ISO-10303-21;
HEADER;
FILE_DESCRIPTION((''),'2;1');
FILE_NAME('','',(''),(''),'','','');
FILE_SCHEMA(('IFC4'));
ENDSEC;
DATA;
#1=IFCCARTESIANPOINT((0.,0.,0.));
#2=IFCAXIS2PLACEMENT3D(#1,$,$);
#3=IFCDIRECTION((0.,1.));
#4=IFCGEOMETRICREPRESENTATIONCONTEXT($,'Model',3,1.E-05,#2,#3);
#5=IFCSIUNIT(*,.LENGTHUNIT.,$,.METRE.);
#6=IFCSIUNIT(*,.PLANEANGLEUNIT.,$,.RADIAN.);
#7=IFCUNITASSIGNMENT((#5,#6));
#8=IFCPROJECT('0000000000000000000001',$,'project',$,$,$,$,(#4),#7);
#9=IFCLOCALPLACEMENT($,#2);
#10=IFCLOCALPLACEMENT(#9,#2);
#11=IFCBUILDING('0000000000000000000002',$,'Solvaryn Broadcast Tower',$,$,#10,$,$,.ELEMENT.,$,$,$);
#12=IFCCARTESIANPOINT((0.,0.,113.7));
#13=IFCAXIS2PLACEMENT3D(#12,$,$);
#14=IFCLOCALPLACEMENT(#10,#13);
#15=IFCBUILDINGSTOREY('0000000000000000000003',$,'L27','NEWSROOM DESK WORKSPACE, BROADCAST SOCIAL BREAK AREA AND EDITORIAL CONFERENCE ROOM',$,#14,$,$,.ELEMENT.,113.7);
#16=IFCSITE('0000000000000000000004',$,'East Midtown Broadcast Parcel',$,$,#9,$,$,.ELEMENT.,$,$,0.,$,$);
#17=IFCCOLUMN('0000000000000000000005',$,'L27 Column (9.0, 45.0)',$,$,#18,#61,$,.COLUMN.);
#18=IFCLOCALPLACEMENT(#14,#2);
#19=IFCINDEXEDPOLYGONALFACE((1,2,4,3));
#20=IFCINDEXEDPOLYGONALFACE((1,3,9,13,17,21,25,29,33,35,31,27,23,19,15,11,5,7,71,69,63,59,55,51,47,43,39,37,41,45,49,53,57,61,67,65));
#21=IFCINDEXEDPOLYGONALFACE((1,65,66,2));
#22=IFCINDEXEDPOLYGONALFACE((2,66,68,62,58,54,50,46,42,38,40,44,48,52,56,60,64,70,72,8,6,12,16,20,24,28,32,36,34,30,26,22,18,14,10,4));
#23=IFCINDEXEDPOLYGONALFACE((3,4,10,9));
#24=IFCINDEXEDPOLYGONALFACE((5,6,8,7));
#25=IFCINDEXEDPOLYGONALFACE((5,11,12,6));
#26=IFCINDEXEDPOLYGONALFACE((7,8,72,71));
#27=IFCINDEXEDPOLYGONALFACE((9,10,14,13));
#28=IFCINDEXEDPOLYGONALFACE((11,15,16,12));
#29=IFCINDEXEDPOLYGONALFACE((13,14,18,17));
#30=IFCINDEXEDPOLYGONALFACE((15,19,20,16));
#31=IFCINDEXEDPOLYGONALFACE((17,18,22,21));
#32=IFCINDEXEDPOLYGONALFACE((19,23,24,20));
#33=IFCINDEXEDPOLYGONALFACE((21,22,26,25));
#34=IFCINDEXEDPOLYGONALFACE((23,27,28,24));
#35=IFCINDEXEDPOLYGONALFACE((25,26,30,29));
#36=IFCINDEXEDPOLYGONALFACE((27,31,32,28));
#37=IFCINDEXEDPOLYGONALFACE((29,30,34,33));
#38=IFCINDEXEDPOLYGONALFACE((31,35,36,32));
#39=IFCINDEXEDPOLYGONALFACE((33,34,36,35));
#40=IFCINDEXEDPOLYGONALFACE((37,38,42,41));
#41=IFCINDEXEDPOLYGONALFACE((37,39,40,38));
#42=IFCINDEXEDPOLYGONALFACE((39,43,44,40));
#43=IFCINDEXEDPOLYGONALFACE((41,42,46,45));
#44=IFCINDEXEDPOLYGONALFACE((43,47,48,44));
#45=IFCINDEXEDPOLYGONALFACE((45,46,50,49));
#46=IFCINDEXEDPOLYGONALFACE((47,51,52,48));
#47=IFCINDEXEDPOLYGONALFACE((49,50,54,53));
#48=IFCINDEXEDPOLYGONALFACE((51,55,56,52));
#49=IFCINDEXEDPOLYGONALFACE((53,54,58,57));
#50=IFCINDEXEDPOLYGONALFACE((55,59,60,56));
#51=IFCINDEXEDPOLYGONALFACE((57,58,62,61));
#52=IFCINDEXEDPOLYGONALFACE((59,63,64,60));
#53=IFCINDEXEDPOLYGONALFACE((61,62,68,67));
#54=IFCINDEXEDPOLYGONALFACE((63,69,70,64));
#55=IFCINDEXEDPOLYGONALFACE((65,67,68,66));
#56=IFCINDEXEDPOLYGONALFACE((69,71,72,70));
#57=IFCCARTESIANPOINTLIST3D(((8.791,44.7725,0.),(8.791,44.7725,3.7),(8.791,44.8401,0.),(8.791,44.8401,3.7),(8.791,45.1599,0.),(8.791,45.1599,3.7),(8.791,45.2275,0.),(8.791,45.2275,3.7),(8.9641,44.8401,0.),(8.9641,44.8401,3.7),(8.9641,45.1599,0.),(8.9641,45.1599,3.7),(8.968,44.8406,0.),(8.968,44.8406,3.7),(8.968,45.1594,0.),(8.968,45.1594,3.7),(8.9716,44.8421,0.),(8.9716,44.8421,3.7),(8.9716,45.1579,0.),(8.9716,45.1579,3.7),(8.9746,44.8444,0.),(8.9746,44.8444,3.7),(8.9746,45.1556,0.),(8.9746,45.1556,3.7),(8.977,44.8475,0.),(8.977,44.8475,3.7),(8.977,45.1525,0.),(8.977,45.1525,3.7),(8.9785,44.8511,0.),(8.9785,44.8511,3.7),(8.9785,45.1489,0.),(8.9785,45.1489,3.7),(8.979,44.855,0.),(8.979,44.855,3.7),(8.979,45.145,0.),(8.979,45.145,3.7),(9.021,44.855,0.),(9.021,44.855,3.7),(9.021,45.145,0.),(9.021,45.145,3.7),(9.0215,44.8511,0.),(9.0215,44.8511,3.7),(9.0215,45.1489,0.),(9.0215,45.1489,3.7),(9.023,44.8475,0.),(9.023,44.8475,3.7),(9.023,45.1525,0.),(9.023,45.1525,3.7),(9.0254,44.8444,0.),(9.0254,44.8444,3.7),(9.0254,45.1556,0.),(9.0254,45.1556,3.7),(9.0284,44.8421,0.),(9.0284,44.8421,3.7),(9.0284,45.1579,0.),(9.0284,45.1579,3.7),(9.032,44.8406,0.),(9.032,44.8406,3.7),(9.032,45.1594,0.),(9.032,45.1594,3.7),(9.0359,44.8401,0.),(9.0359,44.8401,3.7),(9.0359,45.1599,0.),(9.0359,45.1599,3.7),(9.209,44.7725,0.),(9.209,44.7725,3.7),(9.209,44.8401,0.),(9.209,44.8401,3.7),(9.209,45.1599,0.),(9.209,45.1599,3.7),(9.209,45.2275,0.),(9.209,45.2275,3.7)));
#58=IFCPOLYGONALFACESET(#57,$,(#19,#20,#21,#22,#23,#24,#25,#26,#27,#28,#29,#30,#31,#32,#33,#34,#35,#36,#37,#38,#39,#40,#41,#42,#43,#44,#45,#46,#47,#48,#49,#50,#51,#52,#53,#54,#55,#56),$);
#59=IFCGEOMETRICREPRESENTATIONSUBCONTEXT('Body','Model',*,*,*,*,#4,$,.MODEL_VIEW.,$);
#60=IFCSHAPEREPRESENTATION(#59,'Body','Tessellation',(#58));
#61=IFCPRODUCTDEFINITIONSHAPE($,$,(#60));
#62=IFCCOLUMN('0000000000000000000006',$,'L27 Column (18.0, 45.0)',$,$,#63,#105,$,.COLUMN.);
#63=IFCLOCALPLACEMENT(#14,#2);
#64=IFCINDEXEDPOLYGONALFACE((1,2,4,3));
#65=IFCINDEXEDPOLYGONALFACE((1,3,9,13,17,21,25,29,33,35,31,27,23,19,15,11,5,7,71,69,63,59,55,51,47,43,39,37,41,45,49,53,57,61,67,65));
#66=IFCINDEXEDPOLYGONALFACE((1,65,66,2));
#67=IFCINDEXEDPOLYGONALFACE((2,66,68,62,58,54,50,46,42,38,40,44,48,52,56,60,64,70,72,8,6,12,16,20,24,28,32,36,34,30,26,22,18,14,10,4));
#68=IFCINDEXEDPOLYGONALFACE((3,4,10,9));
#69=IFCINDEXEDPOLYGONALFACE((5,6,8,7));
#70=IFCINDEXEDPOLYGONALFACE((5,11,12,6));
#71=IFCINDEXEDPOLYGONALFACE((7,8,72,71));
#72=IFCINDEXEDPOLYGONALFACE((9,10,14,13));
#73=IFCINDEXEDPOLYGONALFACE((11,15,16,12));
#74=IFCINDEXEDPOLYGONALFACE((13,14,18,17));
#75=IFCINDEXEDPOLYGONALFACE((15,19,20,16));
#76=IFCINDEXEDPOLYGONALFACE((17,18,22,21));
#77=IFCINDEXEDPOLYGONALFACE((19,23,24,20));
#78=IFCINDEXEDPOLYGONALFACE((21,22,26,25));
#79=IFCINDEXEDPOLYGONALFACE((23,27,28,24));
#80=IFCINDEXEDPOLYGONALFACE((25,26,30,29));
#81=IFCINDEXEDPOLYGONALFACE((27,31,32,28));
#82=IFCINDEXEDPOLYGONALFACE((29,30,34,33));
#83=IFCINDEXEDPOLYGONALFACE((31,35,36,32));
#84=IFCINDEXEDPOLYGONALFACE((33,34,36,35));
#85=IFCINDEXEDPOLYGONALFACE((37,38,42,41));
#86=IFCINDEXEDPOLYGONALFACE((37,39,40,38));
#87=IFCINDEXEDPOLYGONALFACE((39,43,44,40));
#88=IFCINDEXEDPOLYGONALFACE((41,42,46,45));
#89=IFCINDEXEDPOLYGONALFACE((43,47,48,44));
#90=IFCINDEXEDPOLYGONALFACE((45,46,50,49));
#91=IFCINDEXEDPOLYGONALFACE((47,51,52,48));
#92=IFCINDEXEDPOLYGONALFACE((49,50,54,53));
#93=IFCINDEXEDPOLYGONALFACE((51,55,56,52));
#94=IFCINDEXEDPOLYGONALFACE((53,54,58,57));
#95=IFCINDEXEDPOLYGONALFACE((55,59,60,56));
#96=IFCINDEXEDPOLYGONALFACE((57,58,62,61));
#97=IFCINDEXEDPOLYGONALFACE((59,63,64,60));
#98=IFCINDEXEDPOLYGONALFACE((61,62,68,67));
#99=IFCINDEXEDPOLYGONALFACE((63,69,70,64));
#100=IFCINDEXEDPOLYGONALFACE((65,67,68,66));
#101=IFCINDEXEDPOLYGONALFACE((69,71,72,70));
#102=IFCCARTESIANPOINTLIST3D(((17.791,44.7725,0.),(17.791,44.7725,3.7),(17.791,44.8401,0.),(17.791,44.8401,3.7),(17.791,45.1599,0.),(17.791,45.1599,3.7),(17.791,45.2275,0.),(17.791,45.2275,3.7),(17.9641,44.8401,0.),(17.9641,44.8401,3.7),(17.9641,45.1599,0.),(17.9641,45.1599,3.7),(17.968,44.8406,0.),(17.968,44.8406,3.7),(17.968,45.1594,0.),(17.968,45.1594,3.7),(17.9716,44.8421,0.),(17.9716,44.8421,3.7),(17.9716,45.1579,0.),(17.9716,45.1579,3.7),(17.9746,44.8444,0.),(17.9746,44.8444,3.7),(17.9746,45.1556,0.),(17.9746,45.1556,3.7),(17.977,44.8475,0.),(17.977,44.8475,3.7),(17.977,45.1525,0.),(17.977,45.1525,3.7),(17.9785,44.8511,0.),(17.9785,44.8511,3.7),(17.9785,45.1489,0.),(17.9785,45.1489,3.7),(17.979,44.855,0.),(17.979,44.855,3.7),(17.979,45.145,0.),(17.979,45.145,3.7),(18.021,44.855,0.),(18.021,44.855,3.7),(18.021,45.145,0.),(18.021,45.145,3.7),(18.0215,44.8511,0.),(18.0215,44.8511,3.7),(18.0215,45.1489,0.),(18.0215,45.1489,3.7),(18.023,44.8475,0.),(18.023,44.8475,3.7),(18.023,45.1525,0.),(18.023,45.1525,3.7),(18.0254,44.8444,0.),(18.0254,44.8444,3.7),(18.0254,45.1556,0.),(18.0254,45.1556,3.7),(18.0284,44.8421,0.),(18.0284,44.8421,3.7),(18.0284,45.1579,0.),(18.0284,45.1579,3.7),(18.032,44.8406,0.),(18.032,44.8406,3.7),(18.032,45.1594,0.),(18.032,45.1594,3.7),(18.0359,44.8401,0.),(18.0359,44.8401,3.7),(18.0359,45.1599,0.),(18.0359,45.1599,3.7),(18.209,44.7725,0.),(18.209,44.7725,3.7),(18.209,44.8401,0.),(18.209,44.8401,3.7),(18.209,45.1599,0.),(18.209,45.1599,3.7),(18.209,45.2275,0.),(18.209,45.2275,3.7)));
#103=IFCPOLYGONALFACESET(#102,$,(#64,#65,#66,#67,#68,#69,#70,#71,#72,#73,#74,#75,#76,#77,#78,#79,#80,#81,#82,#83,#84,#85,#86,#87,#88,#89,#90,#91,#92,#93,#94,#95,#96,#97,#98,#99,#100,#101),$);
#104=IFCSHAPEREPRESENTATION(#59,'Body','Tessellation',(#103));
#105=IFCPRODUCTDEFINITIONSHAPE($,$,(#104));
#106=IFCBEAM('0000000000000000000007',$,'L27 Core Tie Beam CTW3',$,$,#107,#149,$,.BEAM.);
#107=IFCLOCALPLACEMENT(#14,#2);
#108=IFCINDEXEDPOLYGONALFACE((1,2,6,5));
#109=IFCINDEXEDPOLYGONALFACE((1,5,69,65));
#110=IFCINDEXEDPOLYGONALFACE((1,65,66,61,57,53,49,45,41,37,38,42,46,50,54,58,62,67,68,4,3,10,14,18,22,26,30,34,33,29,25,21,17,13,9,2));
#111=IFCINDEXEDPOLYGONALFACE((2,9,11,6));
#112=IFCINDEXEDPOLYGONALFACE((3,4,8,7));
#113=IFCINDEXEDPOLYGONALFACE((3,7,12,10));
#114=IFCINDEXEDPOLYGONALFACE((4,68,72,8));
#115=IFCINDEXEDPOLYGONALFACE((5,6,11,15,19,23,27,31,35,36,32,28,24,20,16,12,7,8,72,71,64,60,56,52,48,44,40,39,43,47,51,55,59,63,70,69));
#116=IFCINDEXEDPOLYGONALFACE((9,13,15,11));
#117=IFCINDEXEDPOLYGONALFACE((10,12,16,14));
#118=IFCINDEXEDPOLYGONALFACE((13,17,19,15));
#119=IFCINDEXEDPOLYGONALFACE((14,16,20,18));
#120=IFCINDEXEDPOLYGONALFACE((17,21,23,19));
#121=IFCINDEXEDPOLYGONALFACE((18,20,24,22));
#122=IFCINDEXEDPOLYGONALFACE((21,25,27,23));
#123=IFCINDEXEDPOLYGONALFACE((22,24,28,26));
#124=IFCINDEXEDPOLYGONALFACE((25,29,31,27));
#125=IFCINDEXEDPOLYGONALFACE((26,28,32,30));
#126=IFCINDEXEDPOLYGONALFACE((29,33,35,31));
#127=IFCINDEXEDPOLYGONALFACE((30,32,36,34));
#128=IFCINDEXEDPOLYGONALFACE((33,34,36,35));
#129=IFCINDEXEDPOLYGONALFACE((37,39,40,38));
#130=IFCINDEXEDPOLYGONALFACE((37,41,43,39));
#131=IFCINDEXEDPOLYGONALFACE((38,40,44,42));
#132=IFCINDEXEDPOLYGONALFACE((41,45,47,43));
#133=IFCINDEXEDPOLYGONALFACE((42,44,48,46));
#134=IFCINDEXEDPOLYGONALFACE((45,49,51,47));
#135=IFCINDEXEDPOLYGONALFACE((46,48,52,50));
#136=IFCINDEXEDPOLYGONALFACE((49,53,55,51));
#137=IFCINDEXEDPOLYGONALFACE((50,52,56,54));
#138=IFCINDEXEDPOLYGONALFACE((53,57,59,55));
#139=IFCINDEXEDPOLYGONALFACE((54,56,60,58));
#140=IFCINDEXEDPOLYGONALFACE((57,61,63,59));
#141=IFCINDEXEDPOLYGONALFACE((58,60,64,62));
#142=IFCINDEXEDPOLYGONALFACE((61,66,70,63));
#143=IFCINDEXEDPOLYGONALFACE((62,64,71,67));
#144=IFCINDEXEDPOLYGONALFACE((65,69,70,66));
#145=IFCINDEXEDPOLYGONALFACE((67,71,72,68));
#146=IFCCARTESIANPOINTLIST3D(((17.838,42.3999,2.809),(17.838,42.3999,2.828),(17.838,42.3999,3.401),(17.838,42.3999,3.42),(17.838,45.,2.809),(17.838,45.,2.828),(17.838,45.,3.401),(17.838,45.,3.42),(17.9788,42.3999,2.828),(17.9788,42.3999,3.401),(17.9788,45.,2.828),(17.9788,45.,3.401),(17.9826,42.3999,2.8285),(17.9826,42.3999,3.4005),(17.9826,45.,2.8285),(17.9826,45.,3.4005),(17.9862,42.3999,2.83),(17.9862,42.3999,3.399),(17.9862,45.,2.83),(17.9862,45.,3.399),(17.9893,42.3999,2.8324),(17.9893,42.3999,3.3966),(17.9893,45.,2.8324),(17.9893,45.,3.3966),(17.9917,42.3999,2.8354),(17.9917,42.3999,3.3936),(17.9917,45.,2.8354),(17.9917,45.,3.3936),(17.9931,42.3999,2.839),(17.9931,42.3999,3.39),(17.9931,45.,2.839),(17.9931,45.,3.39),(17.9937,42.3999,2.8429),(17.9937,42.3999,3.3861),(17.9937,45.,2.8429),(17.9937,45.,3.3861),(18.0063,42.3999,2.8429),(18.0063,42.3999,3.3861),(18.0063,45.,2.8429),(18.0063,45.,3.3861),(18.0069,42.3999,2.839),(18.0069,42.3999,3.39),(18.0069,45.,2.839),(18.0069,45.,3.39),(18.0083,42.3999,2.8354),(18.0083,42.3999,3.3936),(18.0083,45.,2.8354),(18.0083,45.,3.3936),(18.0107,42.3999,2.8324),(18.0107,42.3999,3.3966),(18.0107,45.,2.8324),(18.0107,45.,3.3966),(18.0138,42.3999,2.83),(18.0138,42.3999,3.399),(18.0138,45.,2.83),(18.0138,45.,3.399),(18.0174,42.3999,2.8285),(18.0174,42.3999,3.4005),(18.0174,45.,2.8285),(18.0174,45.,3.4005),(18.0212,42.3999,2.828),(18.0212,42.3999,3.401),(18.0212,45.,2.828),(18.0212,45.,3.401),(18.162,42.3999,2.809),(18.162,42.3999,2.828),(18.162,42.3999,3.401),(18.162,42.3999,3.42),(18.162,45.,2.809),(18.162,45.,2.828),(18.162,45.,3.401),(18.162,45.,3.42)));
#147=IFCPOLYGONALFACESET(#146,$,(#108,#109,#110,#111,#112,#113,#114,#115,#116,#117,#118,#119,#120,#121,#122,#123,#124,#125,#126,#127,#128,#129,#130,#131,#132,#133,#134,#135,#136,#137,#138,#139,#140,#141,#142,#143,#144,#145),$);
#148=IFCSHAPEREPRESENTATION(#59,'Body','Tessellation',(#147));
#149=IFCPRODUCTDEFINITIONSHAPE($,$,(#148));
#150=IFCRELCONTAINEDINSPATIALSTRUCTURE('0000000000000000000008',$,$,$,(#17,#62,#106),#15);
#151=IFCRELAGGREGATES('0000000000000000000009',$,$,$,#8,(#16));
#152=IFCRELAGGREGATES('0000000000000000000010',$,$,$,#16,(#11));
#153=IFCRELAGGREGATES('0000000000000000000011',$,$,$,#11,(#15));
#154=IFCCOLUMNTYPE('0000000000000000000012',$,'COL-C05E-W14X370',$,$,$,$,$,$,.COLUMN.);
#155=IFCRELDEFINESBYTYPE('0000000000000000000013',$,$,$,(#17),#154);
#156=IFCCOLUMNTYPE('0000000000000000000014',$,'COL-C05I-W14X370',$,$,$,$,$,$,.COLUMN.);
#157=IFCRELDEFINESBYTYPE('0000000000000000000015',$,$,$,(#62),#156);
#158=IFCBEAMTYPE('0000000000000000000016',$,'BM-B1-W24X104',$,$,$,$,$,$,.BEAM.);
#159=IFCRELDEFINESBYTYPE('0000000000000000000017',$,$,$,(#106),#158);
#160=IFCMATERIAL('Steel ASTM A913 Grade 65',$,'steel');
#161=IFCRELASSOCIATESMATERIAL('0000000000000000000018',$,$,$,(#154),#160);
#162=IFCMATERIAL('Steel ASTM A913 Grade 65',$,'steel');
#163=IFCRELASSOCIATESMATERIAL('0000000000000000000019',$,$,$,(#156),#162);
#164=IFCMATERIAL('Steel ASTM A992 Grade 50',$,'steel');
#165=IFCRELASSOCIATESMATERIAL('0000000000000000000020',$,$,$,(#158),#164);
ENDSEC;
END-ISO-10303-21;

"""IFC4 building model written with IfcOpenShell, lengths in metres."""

from ifc_helpers import new_model, si_unit, direction, frame, origin, origin_2d, place, context, subcontext, project, spatial, i_section, extrude, material, material_profile, profile_set, type_object, element, save


model = new_model("IFC4")

# Units and contexts
model_context = context("Model", 3, precision=1e-05, world=origin(), true_north=direction((0.0, 1.0)))
body_context = subcontext(model_context, "Body", "Model", "MODEL_VIEW")
ifc_project = project(units=[si_unit("LENGTHUNIT", "METRE"), si_unit("PLANEANGLEUNIT", "RADIAN")], contexts=[model_context])

# Site, building, storey
site_placement = place(None, origin())
site = spatial("IfcSite", under=ifc_project, at=site_placement, Name="East Midtown Broadcast Parcel", CompositionType="ELEMENT", RefElevation=0.0)
building_placement = place(site_placement, origin())
building = spatial("IfcBuilding", under=site, at=building_placement, Name="Solvaryn Broadcast Tower", CompositionType="ELEMENT")
storey_placement = place(building_placement, frame((0.0, 0.0, 113.7)))
storey = spatial("IfcBuildingStorey", under=building, at=storey_placement, Name="L27", Description="NEWSROOM DESK WORKSPACE, BROADCAST SOCIAL BREAK AREA AND EDITORIAL CONFERENCE ROOM", CompositionType="ELEMENT", Elevation=113.7)

# Columns
ifc_material_1 = material(Name="Steel ASTM A913 Grade 65", Category="steel")
ifc_material_profile_1 = material_profile(ifc_material_1, i_section(OverallWidth=0.418, OverallDepth=0.4551, WebThickness=0.042, FlangeThickness=0.0676, FilletRadius=0.0149, at=origin_2d()))
ifc_profile_set_1 = profile_set([ifc_material_profile_1], Name="Steel ASTM A913 Grade 65")
column_type_1 = type_object("IfcColumnType", Name="COL-C05E-W14X370", PredefinedType="COLUMN", material=ifc_profile_set_1)
column_1_placement = place(storey_placement, frame((9.0, 45.0, 0.0), z_axis=(0.0, 0.0, 1.0), x_axis=(1.0, 0.0, 0.0)))
element("IfcColumn", 1, at=column_1_placement, inside=storey, type_object=column_type_1, Name="L27 Column (9.0, 45.0)", PredefinedType="COLUMN", context=body_context, shape_type="SweptSolid", body=[
    extrude(i_section(OverallWidth=0.418, OverallDepth=0.4551, WebThickness=0.042, FlangeThickness=0.0676, FilletRadius=0.0149, at=origin_2d()), origin(), (0.0, 0.0, 1.0), 3.7),
])
ifc_material_2 = material(Name="Steel ASTM A913 Grade 65", Category="steel")
ifc_material_profile_2 = material_profile(ifc_material_2, i_section(OverallWidth=0.418, OverallDepth=0.4551, WebThickness=0.042, FlangeThickness=0.0676, FilletRadius=0.0149, at=origin_2d()))
ifc_profile_set_2 = profile_set([ifc_material_profile_2], Name="Steel ASTM A913 Grade 65")
column_type_2 = type_object("IfcColumnType", Name="COL-C05I-W14X370", PredefinedType="COLUMN", material=ifc_profile_set_2)
column_2_placement = place(storey_placement, frame((18.0, 45.0, 0.0), z_axis=(0.0, 0.0, 1.0), x_axis=(1.0, 0.0, 0.0)))
element("IfcColumn", 2, at=column_2_placement, inside=storey, type_object=column_type_2, Name="L27 Column (18.0, 45.0)", PredefinedType="COLUMN", context=body_context, shape_type="SweptSolid", body=[
    extrude(i_section(OverallWidth=0.418, OverallDepth=0.4551, WebThickness=0.042, FlangeThickness=0.0676, FilletRadius=0.0149, at=origin_2d()), origin(), (0.0, 0.0, 1.0), 3.7),
])

# Beam
ifc_material_3 = material(Name="Steel ASTM A992 Grade 50", Category="steel")
ifc_material_profile_3 = material_profile(ifc_material_3, i_section(OverallWidth=0.324, OverallDepth=0.6111, WebThickness=0.0127, FlangeThickness=0.019, FilletRadius=0.0149, at=origin_2d()))
ifc_profile_set_3 = profile_set([ifc_material_profile_3], Name="Steel ASTM A992 Grade 50")
beam_type_1 = type_object("IfcBeamType", Name="BM-B1-W24X104", PredefinedType="BEAM", material=ifc_profile_set_3)
beam_1_placement = place(storey_placement, frame((18.0, 42.3999, 3.1145), z_axis=(0.0, 1.0, 0.0), x_axis=(-1.0, 0.0, 0.0)))
element("IfcBeam", 3, at=beam_1_placement, inside=storey, type_object=beam_type_1, Name="L27 Core Tie Beam CTW3", PredefinedType="BEAM", context=body_context, shape_type="SweptSolid", body=[
    extrude(i_section(OverallWidth=0.324, OverallDepth=0.6111, WebThickness=0.0127, FlangeThickness=0.019, FilletRadius=0.0149, at=origin_2d()), origin(), (0.0, 0.0, 1.0), 2.6001),
])

save(model, "model.ifc")
